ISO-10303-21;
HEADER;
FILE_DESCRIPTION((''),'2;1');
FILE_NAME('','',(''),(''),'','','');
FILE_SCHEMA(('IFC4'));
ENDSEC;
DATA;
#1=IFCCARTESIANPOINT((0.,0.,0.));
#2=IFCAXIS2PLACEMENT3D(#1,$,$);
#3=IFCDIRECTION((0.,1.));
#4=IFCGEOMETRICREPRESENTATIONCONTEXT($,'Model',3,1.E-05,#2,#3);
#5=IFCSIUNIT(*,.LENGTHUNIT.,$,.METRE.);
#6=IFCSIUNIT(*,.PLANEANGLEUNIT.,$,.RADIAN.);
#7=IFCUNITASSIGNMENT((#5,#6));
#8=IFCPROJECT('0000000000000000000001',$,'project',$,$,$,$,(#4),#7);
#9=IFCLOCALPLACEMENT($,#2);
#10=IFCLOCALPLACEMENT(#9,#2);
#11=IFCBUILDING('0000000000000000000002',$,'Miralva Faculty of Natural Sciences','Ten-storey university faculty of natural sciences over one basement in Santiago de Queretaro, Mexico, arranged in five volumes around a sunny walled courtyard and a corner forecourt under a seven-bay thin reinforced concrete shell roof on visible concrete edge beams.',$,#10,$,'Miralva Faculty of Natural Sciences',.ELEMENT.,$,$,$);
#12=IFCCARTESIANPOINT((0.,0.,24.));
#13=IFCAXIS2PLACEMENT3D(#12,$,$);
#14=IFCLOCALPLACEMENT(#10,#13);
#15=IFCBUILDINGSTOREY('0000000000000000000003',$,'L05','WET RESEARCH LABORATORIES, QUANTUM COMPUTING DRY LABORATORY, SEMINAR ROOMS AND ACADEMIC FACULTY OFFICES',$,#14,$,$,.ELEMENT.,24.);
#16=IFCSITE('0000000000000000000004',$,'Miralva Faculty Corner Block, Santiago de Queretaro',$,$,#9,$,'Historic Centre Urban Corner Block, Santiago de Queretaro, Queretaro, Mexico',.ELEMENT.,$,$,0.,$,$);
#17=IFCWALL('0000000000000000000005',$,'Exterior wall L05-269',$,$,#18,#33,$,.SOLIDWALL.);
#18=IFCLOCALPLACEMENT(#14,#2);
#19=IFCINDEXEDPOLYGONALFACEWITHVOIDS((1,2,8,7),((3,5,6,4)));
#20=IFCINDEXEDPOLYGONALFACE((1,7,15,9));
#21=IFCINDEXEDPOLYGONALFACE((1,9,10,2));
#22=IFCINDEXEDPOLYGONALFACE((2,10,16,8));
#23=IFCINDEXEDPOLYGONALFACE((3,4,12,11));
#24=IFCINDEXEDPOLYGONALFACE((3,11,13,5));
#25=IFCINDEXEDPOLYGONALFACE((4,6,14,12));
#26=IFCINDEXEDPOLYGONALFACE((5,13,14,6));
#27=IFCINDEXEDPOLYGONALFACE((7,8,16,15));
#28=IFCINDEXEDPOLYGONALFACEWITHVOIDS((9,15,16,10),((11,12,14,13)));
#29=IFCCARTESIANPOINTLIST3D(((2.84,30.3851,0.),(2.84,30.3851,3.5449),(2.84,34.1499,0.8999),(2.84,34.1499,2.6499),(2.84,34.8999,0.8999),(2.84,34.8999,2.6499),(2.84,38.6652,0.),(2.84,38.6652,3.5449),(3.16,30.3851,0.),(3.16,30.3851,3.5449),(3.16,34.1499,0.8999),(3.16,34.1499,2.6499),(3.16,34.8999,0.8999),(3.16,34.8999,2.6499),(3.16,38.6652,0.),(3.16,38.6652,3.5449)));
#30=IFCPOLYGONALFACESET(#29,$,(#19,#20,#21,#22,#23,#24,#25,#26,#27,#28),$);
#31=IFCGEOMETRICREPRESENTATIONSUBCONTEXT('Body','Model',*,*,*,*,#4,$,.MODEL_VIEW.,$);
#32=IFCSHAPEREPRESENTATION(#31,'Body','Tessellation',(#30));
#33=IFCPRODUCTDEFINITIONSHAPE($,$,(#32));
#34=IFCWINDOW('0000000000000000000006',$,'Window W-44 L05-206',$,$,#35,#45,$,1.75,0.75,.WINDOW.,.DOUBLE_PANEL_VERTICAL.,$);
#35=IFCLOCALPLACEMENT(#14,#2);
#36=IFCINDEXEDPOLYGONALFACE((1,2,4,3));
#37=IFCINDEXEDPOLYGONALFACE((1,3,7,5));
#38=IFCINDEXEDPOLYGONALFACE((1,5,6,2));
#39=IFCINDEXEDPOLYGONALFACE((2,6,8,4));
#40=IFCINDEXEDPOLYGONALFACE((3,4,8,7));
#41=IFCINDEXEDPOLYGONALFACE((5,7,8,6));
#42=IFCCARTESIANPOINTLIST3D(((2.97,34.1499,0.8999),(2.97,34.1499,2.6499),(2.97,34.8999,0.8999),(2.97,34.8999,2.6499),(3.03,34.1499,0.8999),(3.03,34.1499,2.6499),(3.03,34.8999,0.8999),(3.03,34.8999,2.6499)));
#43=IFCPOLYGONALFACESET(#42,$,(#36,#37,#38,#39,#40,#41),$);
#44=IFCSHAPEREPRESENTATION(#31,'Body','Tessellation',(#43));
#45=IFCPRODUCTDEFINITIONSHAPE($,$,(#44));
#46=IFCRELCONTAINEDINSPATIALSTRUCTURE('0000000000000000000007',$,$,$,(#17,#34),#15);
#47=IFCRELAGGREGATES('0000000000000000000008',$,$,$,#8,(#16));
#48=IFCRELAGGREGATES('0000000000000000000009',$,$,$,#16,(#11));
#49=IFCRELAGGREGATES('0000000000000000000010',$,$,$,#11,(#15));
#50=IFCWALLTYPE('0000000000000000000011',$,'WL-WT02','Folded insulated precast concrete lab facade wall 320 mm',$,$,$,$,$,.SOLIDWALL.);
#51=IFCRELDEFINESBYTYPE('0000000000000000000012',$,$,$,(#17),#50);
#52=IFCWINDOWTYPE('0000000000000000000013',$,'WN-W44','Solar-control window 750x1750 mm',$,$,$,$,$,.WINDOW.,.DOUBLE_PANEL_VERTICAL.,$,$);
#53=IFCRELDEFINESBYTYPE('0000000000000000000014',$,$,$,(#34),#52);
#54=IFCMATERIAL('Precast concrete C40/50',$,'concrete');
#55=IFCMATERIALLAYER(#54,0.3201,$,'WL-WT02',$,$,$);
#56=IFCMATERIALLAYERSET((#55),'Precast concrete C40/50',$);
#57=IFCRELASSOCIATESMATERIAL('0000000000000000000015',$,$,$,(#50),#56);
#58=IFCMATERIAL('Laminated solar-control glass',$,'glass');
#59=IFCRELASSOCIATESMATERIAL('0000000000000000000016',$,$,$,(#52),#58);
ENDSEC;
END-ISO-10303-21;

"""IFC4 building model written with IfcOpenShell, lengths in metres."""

from ifc_helpers import new_model, si_unit, direction, frame, frame_2d, origin, place, context, subcontext, project, spatial, rectangle, extrude, material, layer, layer_set, type_object, element, fill, save


model = new_model("IFC4")

# Units and contexts
model_context = context("Model", 3, precision=1e-05, world=origin(), true_north=direction((0.0, 1.0)))
body_context = subcontext(model_context, "Body", "Model", "MODEL_VIEW")
ifc_project = project(units=[si_unit("LENGTHUNIT", "METRE"), si_unit("PLANEANGLEUNIT", "RADIAN")], contexts=[model_context])

# Site, building, storey
site_placement = place(None, origin())
site = spatial("IfcSite", under=ifc_project, at=site_placement, Name="Miralva Faculty Corner Block, Santiago de Queretaro", LongName="Historic Centre Urban Corner Block, Santiago de Queretaro, Queretaro, Mexico", CompositionType="ELEMENT", RefElevation=0.0)
building_placement = place(site_placement, origin())
building = spatial("IfcBuilding", under=site, at=building_placement, Name="Miralva Faculty of Natural Sciences", Description="Ten-storey university faculty of natural sciences over one basement in Santiago de Queretaro, Mexico, arranged in five volumes around a sunny walled courtyard and a corner forecourt under a seven-bay thin reinforced concrete shell roof on visible concrete edge beams.", LongName="Miralva Faculty of Natural Sciences", CompositionType="ELEMENT")
storey_placement = place(building_placement, frame((0.0, 0.0, 24.0)))
storey = spatial("IfcBuildingStorey", under=building, at=storey_placement, Name="L05", Description="WET RESEARCH LABORATORIES, QUANTUM COMPUTING DRY LABORATORY, SEMINAR ROOMS AND ACADEMIC FACULTY OFFICES", CompositionType="ELEMENT", Elevation=24.0)

# Wall, opening, window
ifc_material_1 = material(Name="Laminated solar-control glass", Category="glass")
ifc_material_2 = material(Name="Precast concrete C40/50", Category="concrete")
ifc_layer_1 = layer(ifc_material_2, 0.3201, Name="WL-WT02")
ifc_layer_set_1 = layer_set([ifc_layer_1], Name="Precast concrete C40/50")
wall_type_1 = type_object("IfcWallType", Name="WL-WT02", Description="Folded insulated precast concrete lab facade wall 320 mm", PredefinedType="SOLIDWALL", material=ifc_layer_set_1)
wall_1_placement = place(storey_placement, frame((3.0, 30.385, 0.0), z_axis=(0.0, 0.0, 1.0), x_axis=(0.0, 1.0, 0.0)))
wall_1 = element("IfcWall", 1, at=wall_1_placement, inside=storey, type_object=wall_type_1, Name="Exterior wall L05-269", PredefinedType="SOLIDWALL", context=body_context, shape_type="SweptSolid", body=[
    extrude(rectangle(XDim=8.28, YDim=0.3201, at=frame_2d((4.1401, 0.0))), origin(), (0.0, 0.0, 1.0), 3.5449),
])
opening_1_placement = place(wall_1_placement, frame((3.7649, 0.0, 0.8999)))
opening_1 = element("IfcOpeningElement", 2, at=opening_1_placement, cuts=wall_1, PredefinedType="OPENING", context=body_context, shape_type="SweptSolid", body=[
    extrude(rectangle(XDim=0.75, YDim=1.75, at=frame_2d((0.375, 0.875))), frame((0.0, 0.1699, 0.0), z_axis=(0.0, -1.0, 0.0), x_axis=(1.0, 0.0, 0.0)), (0.0, 0.0, 1.0), 0.3401),
])
window_type_1 = type_object("IfcWindowType", Name="WN-W44", Description="Solar-control window 750x1750 mm", PartitioningType="DOUBLE_PANEL_VERTICAL", PredefinedType="WINDOW", material=ifc_material_1)
window_1_placement = place(opening_1_placement, origin())
window_1 = element("IfcWindow", 3, at=window_1_placement, inside=storey, type_object=window_type_1, Name="Window W-44 L05-206", OverallHeight=1.75, OverallWidth=0.75, PartitioningType="DOUBLE_PANEL_VERTICAL", PredefinedType="WINDOW", context=body_context, shape_type="SweptSolid", body=[
    extrude(rectangle(XDim=0.75, YDim=1.75, at=frame_2d((0.375, 0.875))), frame((0.0, 0.03, 0.0), z_axis=(0.0, -1.0, 0.0), x_axis=(1.0, 0.0, 0.0)), (0.0, 0.0, 1.0), 0.0601),
])
fill(opening_1, window_1)

save(model, "model.ifc")
